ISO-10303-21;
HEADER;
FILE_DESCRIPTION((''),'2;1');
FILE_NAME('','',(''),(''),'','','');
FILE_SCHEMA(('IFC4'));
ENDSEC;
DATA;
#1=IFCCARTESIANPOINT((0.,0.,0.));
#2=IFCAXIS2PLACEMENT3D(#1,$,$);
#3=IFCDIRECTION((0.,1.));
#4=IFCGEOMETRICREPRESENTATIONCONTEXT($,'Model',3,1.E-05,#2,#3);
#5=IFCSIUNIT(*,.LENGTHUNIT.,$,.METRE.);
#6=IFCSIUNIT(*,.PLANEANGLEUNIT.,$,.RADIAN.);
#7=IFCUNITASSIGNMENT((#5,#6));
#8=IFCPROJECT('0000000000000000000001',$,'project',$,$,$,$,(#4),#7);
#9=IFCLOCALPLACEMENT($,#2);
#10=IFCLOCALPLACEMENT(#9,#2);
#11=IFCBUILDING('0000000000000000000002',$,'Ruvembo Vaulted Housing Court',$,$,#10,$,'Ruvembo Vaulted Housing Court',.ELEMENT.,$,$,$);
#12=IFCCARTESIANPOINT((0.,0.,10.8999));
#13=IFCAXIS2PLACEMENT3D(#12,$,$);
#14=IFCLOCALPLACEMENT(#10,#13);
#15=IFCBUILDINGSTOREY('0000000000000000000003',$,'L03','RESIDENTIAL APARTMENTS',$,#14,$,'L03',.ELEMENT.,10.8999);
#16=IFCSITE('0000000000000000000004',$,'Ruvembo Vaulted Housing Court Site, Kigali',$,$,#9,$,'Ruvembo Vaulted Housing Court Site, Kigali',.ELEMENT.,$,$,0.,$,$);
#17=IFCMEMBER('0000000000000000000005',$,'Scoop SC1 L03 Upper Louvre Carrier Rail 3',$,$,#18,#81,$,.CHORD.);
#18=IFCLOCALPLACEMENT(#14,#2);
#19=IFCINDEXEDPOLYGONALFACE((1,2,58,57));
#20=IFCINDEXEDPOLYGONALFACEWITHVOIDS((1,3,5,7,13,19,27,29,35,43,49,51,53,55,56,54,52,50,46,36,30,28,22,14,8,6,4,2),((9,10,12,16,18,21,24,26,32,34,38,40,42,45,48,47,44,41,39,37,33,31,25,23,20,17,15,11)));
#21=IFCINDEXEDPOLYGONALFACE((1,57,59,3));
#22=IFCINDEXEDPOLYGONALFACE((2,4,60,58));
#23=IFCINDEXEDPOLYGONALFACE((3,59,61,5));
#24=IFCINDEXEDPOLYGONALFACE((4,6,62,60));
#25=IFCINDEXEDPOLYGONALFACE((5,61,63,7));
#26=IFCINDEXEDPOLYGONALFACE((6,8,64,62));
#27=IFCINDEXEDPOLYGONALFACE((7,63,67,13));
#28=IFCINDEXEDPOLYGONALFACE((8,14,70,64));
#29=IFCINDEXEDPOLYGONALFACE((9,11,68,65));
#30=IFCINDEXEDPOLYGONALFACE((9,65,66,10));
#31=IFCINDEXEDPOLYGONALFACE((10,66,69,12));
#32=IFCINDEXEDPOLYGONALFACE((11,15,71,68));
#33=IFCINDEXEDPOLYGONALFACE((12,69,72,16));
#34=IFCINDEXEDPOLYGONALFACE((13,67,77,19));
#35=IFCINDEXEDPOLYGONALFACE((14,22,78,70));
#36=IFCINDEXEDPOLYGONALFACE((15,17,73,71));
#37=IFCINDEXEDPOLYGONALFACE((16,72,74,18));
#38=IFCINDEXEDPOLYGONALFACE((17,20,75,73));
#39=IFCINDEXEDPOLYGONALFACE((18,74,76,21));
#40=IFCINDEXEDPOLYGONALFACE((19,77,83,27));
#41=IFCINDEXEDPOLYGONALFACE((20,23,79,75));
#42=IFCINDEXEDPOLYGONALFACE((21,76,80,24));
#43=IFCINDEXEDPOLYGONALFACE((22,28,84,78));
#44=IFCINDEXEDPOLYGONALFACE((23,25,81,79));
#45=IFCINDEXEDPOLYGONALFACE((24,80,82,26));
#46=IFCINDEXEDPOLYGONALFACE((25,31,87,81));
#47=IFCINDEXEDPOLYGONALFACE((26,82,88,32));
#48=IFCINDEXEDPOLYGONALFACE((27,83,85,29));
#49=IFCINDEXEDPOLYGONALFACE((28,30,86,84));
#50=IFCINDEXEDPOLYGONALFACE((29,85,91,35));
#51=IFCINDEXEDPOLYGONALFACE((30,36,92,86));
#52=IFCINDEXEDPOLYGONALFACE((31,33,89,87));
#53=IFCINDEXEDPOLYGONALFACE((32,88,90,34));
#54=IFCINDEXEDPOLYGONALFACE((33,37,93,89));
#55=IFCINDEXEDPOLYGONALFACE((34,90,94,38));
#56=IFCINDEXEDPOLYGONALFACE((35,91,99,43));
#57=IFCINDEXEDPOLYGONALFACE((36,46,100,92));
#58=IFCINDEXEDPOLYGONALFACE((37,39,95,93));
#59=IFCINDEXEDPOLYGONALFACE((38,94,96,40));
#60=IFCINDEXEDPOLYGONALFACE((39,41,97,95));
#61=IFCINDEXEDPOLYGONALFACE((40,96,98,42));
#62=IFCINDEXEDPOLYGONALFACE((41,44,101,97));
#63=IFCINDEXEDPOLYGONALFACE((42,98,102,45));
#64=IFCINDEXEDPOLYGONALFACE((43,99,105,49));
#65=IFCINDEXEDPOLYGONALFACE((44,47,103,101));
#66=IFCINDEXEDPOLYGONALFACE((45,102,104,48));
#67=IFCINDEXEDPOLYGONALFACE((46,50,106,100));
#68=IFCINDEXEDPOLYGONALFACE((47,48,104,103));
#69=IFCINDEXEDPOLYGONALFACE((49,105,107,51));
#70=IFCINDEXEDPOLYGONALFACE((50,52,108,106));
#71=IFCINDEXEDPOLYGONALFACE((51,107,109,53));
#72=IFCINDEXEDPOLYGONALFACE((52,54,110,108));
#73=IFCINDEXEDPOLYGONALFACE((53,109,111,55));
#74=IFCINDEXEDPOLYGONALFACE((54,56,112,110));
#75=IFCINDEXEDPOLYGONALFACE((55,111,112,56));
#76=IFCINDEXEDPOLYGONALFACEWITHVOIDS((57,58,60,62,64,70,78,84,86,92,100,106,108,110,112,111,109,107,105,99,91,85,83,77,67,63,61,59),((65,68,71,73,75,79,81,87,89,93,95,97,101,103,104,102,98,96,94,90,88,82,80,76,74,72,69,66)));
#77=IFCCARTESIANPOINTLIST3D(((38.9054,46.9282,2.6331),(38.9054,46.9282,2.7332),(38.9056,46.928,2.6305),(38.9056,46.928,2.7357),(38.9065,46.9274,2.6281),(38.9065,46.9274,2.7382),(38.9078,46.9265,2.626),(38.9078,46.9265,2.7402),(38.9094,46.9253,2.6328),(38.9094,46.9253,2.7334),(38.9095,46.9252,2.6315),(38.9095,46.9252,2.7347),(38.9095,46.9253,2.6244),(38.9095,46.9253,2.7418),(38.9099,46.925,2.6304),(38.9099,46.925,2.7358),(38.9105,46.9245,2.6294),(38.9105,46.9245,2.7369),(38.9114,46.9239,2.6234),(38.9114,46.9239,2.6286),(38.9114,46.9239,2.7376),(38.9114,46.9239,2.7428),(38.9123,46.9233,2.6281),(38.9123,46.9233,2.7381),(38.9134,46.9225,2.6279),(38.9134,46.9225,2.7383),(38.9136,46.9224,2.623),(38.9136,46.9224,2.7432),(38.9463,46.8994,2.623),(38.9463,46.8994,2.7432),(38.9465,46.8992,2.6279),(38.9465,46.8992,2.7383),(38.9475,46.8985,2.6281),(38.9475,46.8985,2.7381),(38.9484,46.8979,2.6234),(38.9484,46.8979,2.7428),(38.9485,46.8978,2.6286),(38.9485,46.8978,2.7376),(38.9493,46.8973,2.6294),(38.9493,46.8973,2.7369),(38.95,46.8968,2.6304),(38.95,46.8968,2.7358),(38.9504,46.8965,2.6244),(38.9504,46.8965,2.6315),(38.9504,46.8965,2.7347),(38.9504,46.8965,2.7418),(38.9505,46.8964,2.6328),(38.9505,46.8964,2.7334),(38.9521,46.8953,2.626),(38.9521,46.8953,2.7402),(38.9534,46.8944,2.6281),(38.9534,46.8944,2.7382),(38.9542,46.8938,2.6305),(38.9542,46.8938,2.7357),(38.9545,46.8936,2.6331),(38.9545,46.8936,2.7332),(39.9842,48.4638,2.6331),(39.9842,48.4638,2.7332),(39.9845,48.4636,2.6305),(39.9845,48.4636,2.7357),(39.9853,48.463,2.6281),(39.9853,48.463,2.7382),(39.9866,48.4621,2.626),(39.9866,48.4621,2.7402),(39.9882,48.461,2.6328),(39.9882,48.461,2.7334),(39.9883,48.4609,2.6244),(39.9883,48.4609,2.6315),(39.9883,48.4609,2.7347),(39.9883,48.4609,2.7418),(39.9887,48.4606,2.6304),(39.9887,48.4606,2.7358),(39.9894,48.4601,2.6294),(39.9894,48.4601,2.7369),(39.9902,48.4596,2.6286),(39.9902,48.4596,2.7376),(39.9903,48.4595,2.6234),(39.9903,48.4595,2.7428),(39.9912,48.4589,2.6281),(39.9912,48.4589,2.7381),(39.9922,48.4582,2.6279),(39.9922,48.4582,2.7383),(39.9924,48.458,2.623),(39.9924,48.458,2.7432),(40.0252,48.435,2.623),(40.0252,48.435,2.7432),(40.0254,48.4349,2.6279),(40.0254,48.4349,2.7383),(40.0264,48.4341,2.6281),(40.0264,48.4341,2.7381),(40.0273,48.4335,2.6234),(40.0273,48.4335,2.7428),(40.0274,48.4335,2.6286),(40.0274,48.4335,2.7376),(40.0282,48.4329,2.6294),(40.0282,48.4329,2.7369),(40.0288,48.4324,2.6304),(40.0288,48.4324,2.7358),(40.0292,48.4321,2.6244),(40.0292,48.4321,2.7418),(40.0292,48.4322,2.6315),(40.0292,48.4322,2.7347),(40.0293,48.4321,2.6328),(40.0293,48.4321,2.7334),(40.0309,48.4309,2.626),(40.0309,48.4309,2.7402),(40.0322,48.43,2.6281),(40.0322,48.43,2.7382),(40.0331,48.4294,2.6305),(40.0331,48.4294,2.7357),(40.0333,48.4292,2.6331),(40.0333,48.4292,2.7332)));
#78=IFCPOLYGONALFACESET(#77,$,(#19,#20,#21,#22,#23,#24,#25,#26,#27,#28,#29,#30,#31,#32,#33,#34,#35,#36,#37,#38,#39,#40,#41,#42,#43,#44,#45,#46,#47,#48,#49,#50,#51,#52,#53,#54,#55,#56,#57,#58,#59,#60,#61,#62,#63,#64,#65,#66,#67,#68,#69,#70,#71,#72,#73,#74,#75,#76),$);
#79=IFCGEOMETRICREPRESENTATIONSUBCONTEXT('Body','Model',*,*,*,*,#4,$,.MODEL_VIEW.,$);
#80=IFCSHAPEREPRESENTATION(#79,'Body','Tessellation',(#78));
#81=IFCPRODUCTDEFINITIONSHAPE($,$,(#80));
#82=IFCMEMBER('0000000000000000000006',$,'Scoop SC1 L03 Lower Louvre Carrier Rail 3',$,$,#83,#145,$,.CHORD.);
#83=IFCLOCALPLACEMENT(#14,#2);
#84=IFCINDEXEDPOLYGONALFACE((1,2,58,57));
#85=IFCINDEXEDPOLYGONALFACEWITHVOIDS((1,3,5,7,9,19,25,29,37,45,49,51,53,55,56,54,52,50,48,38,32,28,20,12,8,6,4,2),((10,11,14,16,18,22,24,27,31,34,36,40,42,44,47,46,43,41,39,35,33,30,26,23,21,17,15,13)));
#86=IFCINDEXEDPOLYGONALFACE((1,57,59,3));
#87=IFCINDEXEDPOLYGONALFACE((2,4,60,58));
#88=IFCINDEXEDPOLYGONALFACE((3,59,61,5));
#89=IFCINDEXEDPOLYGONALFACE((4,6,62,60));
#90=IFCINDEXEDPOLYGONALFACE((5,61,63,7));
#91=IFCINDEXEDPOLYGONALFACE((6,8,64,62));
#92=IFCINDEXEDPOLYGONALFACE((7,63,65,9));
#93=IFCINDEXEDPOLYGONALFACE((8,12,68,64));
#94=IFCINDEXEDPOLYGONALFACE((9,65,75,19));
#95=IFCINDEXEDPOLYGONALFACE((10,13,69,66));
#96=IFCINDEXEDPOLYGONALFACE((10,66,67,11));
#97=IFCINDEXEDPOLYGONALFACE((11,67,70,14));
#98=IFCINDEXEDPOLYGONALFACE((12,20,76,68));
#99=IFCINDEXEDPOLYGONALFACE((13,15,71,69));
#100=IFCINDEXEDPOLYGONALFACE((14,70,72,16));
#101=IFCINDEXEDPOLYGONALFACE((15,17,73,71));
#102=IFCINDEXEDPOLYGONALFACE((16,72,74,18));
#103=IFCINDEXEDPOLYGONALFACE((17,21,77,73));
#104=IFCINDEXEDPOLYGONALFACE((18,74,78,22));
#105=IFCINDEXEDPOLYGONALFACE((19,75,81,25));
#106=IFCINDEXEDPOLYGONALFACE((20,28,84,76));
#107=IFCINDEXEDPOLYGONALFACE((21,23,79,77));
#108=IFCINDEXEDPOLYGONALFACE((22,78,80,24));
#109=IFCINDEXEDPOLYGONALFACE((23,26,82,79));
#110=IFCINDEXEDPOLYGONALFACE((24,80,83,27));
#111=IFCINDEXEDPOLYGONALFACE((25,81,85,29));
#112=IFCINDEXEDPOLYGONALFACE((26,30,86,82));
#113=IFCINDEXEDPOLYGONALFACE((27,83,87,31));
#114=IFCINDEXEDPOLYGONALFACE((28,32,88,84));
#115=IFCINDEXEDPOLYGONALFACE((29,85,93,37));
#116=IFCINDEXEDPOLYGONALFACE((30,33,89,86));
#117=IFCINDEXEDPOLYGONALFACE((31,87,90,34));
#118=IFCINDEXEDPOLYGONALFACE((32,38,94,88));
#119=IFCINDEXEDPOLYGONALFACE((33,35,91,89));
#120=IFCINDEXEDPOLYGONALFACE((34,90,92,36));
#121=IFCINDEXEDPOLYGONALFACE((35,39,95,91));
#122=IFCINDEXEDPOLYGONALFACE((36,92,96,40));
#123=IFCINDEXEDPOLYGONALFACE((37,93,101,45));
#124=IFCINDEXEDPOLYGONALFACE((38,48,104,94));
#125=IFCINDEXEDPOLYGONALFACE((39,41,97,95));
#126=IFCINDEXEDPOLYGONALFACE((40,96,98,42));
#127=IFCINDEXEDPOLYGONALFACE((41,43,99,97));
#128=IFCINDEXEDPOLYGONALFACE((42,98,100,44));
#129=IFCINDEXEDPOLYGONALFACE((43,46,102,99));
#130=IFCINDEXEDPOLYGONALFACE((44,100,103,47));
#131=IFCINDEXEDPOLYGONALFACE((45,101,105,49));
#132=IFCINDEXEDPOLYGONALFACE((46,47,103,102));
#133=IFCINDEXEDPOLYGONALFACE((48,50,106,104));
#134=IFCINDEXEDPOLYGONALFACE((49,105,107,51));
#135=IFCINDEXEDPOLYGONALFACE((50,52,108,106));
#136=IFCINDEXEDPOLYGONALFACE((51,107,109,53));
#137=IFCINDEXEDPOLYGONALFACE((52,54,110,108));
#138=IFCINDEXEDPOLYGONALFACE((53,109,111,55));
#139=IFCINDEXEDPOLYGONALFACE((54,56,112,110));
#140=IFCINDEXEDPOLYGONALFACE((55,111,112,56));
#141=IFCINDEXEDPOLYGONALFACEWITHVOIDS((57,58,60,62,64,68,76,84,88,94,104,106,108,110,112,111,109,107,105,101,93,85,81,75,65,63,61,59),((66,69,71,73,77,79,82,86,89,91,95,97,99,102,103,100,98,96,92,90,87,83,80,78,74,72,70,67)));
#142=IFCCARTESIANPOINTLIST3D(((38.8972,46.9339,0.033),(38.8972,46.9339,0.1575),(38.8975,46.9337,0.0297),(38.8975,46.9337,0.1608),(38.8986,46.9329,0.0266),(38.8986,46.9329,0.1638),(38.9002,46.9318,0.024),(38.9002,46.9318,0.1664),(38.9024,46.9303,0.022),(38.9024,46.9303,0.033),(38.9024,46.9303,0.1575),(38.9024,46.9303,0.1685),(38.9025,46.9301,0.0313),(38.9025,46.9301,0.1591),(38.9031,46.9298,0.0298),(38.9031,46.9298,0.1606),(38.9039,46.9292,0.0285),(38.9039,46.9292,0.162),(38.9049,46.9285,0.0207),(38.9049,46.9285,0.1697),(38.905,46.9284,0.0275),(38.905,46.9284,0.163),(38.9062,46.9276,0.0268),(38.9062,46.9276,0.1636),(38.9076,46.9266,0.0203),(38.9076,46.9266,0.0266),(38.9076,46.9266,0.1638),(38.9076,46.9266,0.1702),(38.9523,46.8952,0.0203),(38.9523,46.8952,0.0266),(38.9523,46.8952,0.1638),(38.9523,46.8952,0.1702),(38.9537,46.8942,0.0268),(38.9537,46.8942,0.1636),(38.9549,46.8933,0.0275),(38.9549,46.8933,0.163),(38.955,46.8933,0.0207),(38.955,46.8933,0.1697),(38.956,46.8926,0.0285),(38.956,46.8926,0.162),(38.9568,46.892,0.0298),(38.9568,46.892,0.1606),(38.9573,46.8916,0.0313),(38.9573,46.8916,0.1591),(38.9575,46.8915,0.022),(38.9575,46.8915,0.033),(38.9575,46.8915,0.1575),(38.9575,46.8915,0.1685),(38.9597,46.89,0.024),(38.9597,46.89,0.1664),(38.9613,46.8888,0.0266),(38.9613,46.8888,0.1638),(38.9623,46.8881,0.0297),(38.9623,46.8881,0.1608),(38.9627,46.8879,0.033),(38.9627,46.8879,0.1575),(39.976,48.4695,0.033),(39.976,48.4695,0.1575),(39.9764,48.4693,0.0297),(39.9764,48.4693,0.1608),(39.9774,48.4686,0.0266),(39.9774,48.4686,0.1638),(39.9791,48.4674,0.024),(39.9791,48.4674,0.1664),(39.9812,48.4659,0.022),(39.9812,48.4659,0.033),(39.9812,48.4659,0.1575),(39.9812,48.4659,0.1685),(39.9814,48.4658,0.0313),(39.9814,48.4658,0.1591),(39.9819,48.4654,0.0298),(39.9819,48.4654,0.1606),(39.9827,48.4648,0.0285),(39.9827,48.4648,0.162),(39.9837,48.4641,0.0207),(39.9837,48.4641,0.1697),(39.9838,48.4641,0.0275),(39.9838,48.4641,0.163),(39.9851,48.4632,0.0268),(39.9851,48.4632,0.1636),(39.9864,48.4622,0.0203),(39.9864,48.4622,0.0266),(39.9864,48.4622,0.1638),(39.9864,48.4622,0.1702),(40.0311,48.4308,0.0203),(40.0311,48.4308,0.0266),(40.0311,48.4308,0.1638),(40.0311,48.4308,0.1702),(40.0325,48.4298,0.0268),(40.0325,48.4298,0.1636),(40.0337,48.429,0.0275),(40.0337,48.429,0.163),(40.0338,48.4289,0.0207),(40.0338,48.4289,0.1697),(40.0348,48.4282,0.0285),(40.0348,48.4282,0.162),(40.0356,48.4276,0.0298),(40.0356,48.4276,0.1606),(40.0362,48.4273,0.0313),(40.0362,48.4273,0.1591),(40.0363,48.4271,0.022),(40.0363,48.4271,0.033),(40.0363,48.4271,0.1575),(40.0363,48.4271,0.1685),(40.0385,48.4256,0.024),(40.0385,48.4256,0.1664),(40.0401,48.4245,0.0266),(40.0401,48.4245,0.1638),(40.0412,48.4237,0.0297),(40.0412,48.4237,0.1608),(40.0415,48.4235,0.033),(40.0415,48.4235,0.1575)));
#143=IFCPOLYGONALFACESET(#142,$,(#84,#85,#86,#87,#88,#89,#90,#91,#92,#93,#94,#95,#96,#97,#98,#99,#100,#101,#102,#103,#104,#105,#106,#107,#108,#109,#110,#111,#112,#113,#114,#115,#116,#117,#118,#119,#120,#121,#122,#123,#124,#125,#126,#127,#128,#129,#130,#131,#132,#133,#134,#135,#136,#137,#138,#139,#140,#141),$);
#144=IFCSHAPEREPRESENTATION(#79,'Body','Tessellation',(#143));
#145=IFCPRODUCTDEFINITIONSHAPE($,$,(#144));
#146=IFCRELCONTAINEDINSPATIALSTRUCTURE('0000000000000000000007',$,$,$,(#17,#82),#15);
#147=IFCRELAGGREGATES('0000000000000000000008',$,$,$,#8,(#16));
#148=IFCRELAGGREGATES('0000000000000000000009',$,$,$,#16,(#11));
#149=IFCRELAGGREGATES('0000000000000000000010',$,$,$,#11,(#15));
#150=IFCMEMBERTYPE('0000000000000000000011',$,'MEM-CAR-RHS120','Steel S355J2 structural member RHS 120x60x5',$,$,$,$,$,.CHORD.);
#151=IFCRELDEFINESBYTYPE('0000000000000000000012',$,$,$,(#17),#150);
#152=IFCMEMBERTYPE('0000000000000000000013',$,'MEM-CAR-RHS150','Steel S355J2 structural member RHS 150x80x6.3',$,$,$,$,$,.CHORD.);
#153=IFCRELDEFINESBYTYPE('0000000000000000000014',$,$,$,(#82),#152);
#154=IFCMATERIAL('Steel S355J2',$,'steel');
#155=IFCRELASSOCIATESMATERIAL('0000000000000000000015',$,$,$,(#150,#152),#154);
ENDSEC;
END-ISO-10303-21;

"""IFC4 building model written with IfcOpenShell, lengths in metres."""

from ifc_helpers import new_model, si_unit, direction, frame, origin, origin_2d, place, context, subcontext, project, spatial, hollow_rectangle, extrude, material, material_profile, profile_set, type_object, element, save


model = new_model("IFC4")

# Units and contexts
model_context = context("Model", 3, precision=1e-05, world=origin(), true_north=direction((0.0, 1.0)))
body_context = subcontext(model_context, "Body", "Model", "MODEL_VIEW")
ifc_project = project(units=[si_unit("LENGTHUNIT", "METRE"), si_unit("PLANEANGLEUNIT", "RADIAN")], contexts=[model_context])

# Site, building, storey
site_placement = place(None, origin())
site = spatial("IfcSite", under=ifc_project, at=site_placement, Name="Ruvembo Vaulted Housing Court Site, Kigali", LongName="Ruvembo Vaulted Housing Court Site, Kigali", CompositionType="ELEMENT", RefElevation=0.0)
building_placement = place(site_placement, origin())
building = spatial("IfcBuilding", under=site, at=building_placement, Name="Ruvembo Vaulted Housing Court", LongName="Ruvembo Vaulted Housing Court", CompositionType="ELEMENT")
storey_placement = place(building_placement, frame((0.0, 0.0, 10.8999)))
storey = spatial("IfcBuildingStorey", under=building, at=storey_placement, Name="L03", Description="RESIDENTIAL APARTMENTS", LongName="L03", CompositionType="ELEMENT", Elevation=10.8999)

# Shared definitions
ifc_material_1 = material(Name="Steel S355J2", Category="steel")

# Members
ifc_material_profile_1 = material_profile(ifc_material_1, hollow_rectangle(XDim=0.0601, YDim=0.1201, WallThickness=0.0049, InnerFilletRadius=0.0049, OuterFilletRadius=0.01, at=origin_2d()), Name="RHS 120x60x5")
ifc_profile_set_1 = profile_set([ifc_material_profile_1], Name="Steel S355J2")
member_type_1 = type_object("IfcMemberType", Name="MEM-CAR-RHS120", Description="Steel S355J2 structural member RHS 120x60x5", PredefinedType="CHORD", material=ifc_profile_set_1)
member_1_placement = place(storey_placement, frame((38.9299, 46.9109, 2.6831), z_axis=(0.574858, 0.818253, 0.0), x_axis=(-0.818253, 0.574858, 0.0)))
element("IfcMember", 1, at=member_1_placement, inside=storey, type_object=member_type_1, Name="Scoop SC1 L03 Upper Louvre Carrier Rail 3", PredefinedType="CHORD", context=body_context, shape_type="SweptSolid", body=[
    extrude(hollow_rectangle(XDim=0.0601, YDim=0.1201, WallThickness=0.0049, InnerFilletRadius=0.0049, OuterFilletRadius=0.01, at=origin_2d()), origin(), (0.0, 0.0, 1.0), 1.8767),
])
ifc_material_profile_2 = material_profile(ifc_material_1, hollow_rectangle(XDim=0.0801, YDim=0.1499, WallThickness=0.0063, InnerFilletRadius=0.0063, OuterFilletRadius=0.0127, at=origin_2d()), Name="RHS 150x80x6.3")
ifc_profile_set_2 = profile_set([ifc_material_profile_2], Name="Steel S355J2")
member_type_2 = type_object("IfcMemberType", Name="MEM-CAR-RHS150", Description="Steel S355J2 structural member RHS 150x80x6.3", PredefinedType="CHORD", material=ifc_profile_set_2)
member_2_placement = place(storey_placement, frame((38.9299, 46.9109, 0.0952), z_axis=(0.574858, 0.818253, 0.0), x_axis=(-0.818253, 0.574858, 0.0)))
element("IfcMember", 2, at=member_2_placement, inside=storey, type_object=member_type_2, Name="Scoop SC1 L03 Lower Louvre Carrier Rail 3", PredefinedType="CHORD", context=body_context, shape_type="SweptSolid", body=[
    extrude(hollow_rectangle(XDim=0.0801, YDim=0.1499, WallThickness=0.0063, InnerFilletRadius=0.0063, OuterFilletRadius=0.0127, at=origin_2d()), origin(), (0.0, 0.0, 1.0), 1.8767),
])

save(model, "model.ifc")
